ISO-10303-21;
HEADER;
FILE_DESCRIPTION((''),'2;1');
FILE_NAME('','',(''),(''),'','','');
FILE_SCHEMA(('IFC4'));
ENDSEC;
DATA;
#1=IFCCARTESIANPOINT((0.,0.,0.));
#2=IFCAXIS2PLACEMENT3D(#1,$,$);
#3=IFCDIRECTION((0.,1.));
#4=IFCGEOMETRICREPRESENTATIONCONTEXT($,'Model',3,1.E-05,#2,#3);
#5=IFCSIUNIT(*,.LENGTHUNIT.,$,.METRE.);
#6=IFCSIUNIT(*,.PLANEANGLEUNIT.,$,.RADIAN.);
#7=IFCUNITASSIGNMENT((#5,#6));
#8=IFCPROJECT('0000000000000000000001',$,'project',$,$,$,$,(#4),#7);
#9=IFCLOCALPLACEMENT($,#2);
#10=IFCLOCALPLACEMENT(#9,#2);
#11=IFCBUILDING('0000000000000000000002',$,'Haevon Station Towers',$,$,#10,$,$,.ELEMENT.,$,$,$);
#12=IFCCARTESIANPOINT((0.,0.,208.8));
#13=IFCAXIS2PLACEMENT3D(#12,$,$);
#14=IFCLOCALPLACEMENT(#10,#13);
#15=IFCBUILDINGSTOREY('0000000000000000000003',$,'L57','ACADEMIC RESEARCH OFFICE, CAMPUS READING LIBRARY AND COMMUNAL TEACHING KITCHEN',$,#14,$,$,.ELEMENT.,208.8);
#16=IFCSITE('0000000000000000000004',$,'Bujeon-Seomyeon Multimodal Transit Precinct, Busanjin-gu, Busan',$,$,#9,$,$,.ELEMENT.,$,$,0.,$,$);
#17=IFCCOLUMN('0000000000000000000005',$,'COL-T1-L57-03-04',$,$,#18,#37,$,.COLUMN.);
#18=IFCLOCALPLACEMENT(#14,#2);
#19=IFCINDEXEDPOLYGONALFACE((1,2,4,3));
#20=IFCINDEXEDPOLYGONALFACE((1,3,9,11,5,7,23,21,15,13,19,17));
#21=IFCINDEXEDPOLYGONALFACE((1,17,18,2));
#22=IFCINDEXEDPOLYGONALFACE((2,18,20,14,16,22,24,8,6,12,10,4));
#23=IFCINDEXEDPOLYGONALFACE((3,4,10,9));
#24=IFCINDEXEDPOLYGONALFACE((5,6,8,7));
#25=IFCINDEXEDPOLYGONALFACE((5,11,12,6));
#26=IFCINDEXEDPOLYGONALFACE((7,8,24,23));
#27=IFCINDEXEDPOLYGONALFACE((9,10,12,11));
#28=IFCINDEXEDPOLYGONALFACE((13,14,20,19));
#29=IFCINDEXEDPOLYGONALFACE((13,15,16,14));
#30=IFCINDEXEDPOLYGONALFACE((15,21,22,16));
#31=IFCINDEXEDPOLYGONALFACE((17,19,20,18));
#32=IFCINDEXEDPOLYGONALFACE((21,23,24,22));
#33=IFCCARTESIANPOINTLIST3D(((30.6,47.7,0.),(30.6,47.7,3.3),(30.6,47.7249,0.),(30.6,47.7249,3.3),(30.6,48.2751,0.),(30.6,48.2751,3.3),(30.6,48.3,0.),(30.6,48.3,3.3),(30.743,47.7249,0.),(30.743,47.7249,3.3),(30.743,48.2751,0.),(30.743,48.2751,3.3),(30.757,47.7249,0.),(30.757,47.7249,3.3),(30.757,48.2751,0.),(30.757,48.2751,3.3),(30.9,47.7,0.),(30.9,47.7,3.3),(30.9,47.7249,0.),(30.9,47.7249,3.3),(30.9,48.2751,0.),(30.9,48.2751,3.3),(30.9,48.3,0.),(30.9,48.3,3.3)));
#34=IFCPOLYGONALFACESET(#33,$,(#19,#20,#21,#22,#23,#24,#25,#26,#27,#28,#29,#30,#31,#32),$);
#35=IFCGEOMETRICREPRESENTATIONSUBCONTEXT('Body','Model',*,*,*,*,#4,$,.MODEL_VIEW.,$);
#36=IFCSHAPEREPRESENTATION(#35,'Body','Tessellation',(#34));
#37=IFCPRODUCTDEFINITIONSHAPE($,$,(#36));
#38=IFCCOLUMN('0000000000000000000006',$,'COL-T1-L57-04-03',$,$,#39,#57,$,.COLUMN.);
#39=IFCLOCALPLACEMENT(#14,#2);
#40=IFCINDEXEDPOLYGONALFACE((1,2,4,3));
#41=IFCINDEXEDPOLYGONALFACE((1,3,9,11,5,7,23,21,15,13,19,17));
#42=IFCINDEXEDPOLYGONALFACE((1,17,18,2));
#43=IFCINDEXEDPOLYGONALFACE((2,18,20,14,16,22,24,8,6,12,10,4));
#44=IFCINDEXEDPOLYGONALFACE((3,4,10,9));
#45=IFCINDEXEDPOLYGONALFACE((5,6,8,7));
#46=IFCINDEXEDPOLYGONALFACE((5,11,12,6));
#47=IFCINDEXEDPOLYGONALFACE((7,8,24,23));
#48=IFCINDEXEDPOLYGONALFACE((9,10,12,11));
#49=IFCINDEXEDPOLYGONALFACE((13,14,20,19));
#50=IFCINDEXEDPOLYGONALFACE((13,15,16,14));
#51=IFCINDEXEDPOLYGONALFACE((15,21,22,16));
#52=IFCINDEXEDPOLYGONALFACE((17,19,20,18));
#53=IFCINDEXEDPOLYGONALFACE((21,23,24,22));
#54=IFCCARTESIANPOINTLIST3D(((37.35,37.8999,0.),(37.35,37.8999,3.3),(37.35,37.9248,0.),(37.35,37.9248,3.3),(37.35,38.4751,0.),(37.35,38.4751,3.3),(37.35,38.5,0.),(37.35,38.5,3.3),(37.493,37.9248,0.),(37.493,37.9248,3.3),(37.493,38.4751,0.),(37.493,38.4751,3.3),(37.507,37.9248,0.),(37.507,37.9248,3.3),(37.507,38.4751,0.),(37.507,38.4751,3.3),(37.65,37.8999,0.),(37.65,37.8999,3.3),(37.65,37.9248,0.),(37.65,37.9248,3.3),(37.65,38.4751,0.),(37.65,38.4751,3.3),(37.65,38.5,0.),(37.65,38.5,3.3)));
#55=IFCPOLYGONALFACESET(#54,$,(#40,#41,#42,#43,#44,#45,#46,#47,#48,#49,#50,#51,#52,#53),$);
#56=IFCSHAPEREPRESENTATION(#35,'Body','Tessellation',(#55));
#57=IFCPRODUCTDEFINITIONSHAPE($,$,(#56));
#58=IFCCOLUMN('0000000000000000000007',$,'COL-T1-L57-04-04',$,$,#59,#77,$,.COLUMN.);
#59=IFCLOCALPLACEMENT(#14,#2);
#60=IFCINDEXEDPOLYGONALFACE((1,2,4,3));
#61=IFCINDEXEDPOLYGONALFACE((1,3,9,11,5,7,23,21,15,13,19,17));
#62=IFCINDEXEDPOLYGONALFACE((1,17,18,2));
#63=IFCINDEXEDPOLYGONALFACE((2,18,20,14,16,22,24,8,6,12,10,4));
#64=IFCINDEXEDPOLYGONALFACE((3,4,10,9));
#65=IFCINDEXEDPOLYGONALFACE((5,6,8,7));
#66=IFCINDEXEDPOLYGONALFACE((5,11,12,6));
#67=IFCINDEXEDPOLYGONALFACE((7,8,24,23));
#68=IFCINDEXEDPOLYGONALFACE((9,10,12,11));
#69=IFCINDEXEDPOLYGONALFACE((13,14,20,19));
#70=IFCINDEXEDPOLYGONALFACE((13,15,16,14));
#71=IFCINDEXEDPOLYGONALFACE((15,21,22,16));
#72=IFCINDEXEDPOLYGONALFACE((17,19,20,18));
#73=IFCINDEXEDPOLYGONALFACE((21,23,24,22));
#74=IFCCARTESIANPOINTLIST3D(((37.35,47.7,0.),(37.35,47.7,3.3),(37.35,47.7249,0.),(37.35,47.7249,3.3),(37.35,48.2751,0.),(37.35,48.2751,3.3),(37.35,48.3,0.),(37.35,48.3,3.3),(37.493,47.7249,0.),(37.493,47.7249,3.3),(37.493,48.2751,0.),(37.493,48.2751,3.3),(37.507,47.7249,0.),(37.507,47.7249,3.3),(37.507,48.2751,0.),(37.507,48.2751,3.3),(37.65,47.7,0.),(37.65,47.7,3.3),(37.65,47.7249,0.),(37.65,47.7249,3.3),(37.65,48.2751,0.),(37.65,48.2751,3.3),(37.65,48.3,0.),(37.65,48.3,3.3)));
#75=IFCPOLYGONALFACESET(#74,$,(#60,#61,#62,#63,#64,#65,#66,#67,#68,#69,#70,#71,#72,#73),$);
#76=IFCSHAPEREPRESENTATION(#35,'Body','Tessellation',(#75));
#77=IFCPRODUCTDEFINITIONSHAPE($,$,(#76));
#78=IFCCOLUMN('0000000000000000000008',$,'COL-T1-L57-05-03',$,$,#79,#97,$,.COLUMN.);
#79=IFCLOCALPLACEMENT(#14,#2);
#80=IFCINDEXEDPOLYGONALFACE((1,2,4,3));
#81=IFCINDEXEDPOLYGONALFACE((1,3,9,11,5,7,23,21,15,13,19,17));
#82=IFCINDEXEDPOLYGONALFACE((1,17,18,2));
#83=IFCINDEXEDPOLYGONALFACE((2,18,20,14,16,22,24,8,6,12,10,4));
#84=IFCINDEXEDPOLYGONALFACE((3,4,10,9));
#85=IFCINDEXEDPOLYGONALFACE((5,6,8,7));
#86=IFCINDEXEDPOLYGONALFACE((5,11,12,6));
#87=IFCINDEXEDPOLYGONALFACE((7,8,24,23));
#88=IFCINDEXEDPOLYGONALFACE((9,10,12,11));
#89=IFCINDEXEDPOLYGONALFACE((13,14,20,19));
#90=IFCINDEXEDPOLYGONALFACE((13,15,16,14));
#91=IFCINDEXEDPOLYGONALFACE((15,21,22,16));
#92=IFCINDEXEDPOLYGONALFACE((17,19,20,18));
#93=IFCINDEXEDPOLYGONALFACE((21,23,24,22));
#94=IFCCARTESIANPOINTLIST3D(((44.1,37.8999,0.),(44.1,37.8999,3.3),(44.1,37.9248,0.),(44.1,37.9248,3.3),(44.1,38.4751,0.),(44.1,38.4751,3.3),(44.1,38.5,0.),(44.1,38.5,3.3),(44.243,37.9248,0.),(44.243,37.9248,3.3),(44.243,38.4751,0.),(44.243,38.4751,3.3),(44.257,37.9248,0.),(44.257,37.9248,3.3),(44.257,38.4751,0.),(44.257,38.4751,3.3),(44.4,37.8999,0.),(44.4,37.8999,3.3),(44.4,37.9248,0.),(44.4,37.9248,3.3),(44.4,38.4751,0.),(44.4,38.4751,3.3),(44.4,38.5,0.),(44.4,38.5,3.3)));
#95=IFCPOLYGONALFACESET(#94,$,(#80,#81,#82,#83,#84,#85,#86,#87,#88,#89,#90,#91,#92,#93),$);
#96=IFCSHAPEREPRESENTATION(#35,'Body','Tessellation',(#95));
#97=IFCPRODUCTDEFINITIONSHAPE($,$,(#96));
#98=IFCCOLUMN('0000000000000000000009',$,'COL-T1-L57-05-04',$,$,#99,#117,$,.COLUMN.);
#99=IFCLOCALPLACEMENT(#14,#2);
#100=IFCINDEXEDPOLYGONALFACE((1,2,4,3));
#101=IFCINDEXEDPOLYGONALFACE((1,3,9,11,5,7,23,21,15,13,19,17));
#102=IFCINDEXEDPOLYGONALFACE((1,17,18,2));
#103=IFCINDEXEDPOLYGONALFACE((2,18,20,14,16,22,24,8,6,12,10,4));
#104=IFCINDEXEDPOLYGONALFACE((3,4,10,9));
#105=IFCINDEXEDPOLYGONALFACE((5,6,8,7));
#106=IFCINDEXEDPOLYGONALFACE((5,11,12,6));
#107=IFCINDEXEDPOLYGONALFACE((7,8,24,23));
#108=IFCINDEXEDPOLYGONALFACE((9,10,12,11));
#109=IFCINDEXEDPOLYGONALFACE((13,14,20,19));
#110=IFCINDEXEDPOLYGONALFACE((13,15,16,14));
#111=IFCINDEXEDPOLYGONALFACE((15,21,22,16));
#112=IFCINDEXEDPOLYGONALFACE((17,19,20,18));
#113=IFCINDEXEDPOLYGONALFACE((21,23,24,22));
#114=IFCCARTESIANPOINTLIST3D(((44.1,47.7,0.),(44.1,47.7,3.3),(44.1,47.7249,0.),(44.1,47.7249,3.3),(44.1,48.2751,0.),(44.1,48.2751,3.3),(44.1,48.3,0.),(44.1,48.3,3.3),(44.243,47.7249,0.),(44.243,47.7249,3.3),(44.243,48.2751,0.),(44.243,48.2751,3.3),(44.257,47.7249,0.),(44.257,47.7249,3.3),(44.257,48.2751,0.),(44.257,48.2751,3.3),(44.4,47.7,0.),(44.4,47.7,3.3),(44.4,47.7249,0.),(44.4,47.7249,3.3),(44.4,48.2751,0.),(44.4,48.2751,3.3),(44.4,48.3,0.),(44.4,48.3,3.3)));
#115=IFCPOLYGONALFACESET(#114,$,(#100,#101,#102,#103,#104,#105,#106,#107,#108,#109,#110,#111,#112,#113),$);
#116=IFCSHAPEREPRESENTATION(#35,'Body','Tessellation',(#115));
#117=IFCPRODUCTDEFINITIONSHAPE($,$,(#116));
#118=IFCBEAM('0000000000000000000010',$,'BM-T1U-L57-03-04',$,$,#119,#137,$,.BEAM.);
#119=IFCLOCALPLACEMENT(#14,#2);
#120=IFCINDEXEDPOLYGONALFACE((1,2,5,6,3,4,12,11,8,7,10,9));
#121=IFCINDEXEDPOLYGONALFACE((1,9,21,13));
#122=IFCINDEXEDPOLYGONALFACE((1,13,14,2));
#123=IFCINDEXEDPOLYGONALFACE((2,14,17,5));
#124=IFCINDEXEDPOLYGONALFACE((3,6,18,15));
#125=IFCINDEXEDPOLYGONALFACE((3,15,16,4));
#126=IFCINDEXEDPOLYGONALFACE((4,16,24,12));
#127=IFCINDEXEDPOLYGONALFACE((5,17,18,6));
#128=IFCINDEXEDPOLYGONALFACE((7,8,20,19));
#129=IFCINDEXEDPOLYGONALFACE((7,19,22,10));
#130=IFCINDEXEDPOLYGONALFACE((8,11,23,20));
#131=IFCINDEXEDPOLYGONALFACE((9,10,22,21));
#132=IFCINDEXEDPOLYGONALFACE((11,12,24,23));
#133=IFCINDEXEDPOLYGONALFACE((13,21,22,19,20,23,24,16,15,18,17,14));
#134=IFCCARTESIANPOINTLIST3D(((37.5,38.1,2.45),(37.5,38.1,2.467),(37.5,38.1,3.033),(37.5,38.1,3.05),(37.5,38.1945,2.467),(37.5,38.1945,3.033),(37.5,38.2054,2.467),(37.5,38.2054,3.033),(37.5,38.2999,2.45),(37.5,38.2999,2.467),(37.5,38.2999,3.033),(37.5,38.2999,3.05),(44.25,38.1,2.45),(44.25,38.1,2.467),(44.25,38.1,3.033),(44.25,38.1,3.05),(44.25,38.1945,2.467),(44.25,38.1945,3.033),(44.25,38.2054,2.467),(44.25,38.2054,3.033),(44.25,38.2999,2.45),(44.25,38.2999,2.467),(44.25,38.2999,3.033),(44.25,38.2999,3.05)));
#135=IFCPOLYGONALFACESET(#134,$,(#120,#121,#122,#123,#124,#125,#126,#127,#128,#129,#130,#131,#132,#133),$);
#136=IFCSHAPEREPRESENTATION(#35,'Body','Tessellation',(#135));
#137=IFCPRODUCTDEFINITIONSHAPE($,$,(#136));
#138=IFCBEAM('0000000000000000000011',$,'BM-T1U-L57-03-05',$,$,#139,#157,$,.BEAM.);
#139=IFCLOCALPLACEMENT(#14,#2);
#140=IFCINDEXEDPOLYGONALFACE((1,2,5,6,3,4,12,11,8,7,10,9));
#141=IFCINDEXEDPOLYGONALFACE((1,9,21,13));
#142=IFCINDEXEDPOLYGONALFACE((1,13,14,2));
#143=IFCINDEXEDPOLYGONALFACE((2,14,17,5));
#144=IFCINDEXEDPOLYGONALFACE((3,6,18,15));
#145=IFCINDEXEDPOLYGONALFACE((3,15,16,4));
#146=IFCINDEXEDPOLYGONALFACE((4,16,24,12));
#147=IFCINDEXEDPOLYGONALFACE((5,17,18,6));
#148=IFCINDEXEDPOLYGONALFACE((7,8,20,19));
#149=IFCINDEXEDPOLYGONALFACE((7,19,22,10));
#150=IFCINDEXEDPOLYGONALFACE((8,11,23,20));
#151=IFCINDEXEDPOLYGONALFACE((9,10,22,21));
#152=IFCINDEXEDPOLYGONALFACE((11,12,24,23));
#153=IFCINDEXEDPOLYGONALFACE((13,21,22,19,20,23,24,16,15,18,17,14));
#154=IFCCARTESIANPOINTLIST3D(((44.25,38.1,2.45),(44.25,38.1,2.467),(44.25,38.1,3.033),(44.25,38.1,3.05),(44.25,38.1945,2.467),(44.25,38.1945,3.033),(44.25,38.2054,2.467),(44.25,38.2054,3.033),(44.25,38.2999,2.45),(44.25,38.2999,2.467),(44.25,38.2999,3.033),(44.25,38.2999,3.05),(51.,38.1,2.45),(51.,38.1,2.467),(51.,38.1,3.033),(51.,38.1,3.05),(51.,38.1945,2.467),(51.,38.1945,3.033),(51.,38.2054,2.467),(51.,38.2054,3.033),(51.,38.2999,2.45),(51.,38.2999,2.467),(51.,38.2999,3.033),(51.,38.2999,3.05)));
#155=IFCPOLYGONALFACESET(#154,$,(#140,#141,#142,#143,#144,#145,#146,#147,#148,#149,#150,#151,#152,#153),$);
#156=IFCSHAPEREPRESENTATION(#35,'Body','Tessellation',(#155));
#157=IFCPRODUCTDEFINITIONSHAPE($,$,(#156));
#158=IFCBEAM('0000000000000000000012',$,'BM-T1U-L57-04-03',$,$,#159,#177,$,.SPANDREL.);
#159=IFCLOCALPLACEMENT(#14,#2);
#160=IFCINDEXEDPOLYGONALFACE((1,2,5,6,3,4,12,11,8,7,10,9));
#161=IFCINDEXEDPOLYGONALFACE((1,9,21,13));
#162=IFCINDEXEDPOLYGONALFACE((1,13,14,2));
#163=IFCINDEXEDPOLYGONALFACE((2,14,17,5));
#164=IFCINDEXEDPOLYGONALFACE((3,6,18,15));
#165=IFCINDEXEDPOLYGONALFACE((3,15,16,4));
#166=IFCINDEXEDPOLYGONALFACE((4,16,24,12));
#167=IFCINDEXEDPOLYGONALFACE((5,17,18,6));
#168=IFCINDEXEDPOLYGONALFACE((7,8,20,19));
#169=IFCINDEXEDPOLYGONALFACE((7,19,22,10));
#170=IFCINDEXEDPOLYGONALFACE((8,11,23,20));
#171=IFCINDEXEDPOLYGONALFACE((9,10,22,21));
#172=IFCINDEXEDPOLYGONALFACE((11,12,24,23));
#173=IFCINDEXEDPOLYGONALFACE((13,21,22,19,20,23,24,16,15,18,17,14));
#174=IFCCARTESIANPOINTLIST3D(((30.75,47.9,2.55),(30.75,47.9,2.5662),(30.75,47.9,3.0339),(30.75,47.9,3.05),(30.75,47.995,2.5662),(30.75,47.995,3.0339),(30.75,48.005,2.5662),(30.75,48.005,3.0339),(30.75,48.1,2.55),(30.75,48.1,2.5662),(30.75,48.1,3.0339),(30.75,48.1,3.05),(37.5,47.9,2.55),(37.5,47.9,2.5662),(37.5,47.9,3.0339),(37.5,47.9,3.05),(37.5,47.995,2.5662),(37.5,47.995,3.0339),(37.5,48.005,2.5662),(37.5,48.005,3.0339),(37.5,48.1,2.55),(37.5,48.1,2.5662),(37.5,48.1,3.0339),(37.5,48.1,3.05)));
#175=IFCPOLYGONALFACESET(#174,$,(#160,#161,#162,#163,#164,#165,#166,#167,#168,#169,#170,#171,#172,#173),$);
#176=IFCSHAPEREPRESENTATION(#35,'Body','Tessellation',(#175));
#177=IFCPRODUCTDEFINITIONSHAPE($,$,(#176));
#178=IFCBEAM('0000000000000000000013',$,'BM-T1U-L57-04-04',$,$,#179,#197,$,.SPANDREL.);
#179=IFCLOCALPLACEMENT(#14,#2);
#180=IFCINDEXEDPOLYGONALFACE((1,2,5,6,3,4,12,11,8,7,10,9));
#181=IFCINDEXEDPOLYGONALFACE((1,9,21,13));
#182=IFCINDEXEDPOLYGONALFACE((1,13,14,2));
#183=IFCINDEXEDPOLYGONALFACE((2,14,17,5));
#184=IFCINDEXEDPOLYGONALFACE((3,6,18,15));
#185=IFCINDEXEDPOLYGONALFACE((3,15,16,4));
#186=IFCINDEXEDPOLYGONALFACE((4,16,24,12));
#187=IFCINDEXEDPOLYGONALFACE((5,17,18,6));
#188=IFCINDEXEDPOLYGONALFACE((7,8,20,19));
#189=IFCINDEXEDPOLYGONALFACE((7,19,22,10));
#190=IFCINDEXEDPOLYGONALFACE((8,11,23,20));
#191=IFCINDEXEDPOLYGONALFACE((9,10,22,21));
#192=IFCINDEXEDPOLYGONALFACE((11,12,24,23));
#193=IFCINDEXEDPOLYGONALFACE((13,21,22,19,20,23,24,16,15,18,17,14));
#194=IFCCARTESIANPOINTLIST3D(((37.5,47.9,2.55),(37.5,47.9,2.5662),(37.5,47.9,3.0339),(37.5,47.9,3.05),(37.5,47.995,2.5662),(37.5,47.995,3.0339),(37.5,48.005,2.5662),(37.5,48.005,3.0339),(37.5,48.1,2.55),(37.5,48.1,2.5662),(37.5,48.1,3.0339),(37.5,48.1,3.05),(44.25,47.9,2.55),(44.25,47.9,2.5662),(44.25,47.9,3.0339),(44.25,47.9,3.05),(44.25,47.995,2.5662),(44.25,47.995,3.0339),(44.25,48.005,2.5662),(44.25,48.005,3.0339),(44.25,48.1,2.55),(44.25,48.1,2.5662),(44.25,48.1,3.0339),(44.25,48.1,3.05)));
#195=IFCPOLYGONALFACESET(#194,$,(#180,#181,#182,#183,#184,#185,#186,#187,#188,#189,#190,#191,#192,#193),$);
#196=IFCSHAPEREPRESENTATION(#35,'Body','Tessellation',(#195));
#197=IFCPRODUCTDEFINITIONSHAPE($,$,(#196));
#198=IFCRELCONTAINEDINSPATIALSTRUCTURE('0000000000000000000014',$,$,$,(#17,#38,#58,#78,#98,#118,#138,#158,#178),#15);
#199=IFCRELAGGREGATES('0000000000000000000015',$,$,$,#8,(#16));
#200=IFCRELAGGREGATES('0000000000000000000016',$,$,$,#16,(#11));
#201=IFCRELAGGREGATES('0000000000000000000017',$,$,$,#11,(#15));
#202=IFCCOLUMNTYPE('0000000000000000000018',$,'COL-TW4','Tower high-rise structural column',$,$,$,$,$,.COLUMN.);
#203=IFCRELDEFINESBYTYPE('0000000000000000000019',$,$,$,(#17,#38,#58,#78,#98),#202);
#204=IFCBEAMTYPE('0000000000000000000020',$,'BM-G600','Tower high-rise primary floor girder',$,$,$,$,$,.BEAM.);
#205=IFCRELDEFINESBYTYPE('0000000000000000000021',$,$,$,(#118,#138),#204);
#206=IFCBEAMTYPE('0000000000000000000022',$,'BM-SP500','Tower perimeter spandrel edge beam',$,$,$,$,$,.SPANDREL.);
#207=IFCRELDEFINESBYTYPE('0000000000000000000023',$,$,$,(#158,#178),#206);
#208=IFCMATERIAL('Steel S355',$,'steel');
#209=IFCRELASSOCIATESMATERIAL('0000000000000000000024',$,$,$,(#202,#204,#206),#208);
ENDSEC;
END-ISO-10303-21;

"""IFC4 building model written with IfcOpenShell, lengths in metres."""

from ifc_helpers import new_model, si_unit, direction, frame, origin, origin_2d, place, context, subcontext, project, spatial, i_section, extrude, material, material_profile, profile_set, type_object, element, save


model = new_model("IFC4")

# Units and contexts
model_context = context("Model", 3, precision=1e-05, world=origin(), true_north=direction((0.0, 1.0)))
body_context = subcontext(model_context, "Body", "Model", "MODEL_VIEW")
ifc_project = project(units=[si_unit("LENGTHUNIT", "METRE"), si_unit("PLANEANGLEUNIT", "RADIAN")], contexts=[model_context])

# Site, building, storey
site_placement = place(None, origin())
site = spatial("IfcSite", under=ifc_project, at=site_placement, Name="Bujeon-Seomyeon Multimodal Transit Precinct, Busanjin-gu, Busan", CompositionType="ELEMENT", RefElevation=0.0)
building_placement = place(site_placement, origin())
building = spatial("IfcBuilding", under=site, at=building_placement, Name="Haevon Station Towers", CompositionType="ELEMENT")
storey_placement = place(building_placement, frame((0.0, 0.0, 208.8)))
storey = spatial("IfcBuildingStorey", under=building, at=storey_placement, Name="L57", Description="ACADEMIC RESEARCH OFFICE, CAMPUS READING LIBRARY AND COMMUNAL TEACHING KITCHEN", CompositionType="ELEMENT", Elevation=208.8)

# Columns
ifc_material_1 = material(Name="Steel S355", Category="steel")
ifc_material_profile_1 = material_profile(ifc_material_1, i_section(OverallWidth=0.3, OverallDepth=0.6001, WebThickness=0.0139, FlangeThickness=0.0249, at=origin_2d()), Name="H-600x300x14x25")
ifc_profile_set_1 = profile_set([ifc_material_profile_1], Name="Steel S355")
column_type = type_object("IfcColumnType", Name="COL-TW4", Description="Tower high-rise structural column", PredefinedType="COLUMN", material=ifc_profile_set_1)
for number, where, z_axis, x_axis, name in (
    (1, (30.75, 48.0, 0.0), (0.0, 0.0, 1.0), (1.0, 0.0, 0.0), "COL-T1-L57-03-04"),
    (2, (37.5, 38.2, 0.0), (0.0, 0.0, 1.0), (1.0, 0.0, 0.0), "COL-T1-L57-04-03"),
    (3, (37.5, 48.0, 0.0), (0.0, 0.0, 1.0), (1.0, 0.0, 0.0), "COL-T1-L57-04-04"),
    (4, (44.25, 38.2, 0.0), (0.0, 0.0, 1.0), (1.0, 0.0, 0.0), "COL-T1-L57-05-03"),
    (5, (44.25, 48.0, 0.0), (0.0, 0.0, 1.0), (1.0, 0.0, 0.0), "COL-T1-L57-05-04"),
):
    element("IfcColumn", number, at=place(storey_placement, frame(where, z_axis=z_axis, x_axis=x_axis)), inside=storey, type_object=column_type, Name=name, PredefinedType="COLUMN", context=body_context, shape_type="SweptSolid", body=[
        extrude(i_section(OverallWidth=0.3, OverallDepth=0.6001, WebThickness=0.0139, FlangeThickness=0.0249, at=origin_2d()), origin(), (0.0, 0.0, 1.0), 3.3),
    ])

# Beams
ifc_material_profile_2 = material_profile(ifc_material_1, i_section(OverallWidth=0.2, OverallDepth=0.6001, WebThickness=0.011, FlangeThickness=0.0171, at=origin_2d()), Name="H-600x200x11x17")
ifc_profile_set_2 = profile_set([ifc_material_profile_2], Name="Steel S355")
beam_type_1 = type_object("IfcBeamType", Name="BM-G600", Description="Tower high-rise primary floor girder", PredefinedType="BEAM", material=ifc_profile_set_2)
for number, where, z_axis, x_axis, name in (
    (6, (37.5, 38.2, 2.75), (1.0, 0.0, 0.0), (0.0, 1.0, 0.0), "BM-T1U-L57-03-04"),
    (7, (44.25, 38.2, 2.75), (1.0, 0.0, 0.0), (0.0, 1.0, 0.0), "BM-T1U-L57-03-05"),
):
    element("IfcBeam", number, at=place(storey_placement, frame(where, z_axis=z_axis, x_axis=x_axis)), inside=storey, type_object=beam_type_1, Name=name, PredefinedType="BEAM", context=body_context, shape_type="SweptSolid", body=[
        extrude(i_section(OverallWidth=0.2, OverallDepth=0.6001, WebThickness=0.011, FlangeThickness=0.0171, at=origin_2d()), origin(), (0.0, 0.0, 1.0), 6.75),
    ])
ifc_material_profile_3 = material_profile(ifc_material_1, i_section(OverallWidth=0.2, OverallDepth=0.5, WebThickness=0.01, FlangeThickness=0.0161, at=origin_2d()), Name="H-500x200x10x16")
ifc_profile_set_3 = profile_set([ifc_material_profile_3], Name="Steel S355")
beam_type_2 = type_object("IfcBeamType", Name="BM-SP500", Description="Tower perimeter spandrel edge beam", PredefinedType="SPANDREL", material=ifc_profile_set_3)
for number, where, z_axis, x_axis, name in (
    (8, (30.75, 48.0, 2.8), (1.0, 0.0, 0.0), (0.0, 1.0, 0.0), "BM-T1U-L57-04-03"),
    (9, (37.5, 48.0, 2.8), (1.0, 0.0, 0.0), (0.0, 1.0, 0.0), "BM-T1U-L57-04-04"),
):
    element("IfcBeam", number, at=place(storey_placement, frame(where, z_axis=z_axis, x_axis=x_axis)), inside=storey, type_object=beam_type_2, Name=name, PredefinedType="SPANDREL", context=body_context, shape_type="SweptSolid", body=[
        extrude(i_section(OverallWidth=0.2, OverallDepth=0.5, WebThickness=0.01, FlangeThickness=0.0161, at=origin_2d()), origin(), (0.0, 0.0, 1.0), 6.75),
    ])

save(model, "model.ifc")
